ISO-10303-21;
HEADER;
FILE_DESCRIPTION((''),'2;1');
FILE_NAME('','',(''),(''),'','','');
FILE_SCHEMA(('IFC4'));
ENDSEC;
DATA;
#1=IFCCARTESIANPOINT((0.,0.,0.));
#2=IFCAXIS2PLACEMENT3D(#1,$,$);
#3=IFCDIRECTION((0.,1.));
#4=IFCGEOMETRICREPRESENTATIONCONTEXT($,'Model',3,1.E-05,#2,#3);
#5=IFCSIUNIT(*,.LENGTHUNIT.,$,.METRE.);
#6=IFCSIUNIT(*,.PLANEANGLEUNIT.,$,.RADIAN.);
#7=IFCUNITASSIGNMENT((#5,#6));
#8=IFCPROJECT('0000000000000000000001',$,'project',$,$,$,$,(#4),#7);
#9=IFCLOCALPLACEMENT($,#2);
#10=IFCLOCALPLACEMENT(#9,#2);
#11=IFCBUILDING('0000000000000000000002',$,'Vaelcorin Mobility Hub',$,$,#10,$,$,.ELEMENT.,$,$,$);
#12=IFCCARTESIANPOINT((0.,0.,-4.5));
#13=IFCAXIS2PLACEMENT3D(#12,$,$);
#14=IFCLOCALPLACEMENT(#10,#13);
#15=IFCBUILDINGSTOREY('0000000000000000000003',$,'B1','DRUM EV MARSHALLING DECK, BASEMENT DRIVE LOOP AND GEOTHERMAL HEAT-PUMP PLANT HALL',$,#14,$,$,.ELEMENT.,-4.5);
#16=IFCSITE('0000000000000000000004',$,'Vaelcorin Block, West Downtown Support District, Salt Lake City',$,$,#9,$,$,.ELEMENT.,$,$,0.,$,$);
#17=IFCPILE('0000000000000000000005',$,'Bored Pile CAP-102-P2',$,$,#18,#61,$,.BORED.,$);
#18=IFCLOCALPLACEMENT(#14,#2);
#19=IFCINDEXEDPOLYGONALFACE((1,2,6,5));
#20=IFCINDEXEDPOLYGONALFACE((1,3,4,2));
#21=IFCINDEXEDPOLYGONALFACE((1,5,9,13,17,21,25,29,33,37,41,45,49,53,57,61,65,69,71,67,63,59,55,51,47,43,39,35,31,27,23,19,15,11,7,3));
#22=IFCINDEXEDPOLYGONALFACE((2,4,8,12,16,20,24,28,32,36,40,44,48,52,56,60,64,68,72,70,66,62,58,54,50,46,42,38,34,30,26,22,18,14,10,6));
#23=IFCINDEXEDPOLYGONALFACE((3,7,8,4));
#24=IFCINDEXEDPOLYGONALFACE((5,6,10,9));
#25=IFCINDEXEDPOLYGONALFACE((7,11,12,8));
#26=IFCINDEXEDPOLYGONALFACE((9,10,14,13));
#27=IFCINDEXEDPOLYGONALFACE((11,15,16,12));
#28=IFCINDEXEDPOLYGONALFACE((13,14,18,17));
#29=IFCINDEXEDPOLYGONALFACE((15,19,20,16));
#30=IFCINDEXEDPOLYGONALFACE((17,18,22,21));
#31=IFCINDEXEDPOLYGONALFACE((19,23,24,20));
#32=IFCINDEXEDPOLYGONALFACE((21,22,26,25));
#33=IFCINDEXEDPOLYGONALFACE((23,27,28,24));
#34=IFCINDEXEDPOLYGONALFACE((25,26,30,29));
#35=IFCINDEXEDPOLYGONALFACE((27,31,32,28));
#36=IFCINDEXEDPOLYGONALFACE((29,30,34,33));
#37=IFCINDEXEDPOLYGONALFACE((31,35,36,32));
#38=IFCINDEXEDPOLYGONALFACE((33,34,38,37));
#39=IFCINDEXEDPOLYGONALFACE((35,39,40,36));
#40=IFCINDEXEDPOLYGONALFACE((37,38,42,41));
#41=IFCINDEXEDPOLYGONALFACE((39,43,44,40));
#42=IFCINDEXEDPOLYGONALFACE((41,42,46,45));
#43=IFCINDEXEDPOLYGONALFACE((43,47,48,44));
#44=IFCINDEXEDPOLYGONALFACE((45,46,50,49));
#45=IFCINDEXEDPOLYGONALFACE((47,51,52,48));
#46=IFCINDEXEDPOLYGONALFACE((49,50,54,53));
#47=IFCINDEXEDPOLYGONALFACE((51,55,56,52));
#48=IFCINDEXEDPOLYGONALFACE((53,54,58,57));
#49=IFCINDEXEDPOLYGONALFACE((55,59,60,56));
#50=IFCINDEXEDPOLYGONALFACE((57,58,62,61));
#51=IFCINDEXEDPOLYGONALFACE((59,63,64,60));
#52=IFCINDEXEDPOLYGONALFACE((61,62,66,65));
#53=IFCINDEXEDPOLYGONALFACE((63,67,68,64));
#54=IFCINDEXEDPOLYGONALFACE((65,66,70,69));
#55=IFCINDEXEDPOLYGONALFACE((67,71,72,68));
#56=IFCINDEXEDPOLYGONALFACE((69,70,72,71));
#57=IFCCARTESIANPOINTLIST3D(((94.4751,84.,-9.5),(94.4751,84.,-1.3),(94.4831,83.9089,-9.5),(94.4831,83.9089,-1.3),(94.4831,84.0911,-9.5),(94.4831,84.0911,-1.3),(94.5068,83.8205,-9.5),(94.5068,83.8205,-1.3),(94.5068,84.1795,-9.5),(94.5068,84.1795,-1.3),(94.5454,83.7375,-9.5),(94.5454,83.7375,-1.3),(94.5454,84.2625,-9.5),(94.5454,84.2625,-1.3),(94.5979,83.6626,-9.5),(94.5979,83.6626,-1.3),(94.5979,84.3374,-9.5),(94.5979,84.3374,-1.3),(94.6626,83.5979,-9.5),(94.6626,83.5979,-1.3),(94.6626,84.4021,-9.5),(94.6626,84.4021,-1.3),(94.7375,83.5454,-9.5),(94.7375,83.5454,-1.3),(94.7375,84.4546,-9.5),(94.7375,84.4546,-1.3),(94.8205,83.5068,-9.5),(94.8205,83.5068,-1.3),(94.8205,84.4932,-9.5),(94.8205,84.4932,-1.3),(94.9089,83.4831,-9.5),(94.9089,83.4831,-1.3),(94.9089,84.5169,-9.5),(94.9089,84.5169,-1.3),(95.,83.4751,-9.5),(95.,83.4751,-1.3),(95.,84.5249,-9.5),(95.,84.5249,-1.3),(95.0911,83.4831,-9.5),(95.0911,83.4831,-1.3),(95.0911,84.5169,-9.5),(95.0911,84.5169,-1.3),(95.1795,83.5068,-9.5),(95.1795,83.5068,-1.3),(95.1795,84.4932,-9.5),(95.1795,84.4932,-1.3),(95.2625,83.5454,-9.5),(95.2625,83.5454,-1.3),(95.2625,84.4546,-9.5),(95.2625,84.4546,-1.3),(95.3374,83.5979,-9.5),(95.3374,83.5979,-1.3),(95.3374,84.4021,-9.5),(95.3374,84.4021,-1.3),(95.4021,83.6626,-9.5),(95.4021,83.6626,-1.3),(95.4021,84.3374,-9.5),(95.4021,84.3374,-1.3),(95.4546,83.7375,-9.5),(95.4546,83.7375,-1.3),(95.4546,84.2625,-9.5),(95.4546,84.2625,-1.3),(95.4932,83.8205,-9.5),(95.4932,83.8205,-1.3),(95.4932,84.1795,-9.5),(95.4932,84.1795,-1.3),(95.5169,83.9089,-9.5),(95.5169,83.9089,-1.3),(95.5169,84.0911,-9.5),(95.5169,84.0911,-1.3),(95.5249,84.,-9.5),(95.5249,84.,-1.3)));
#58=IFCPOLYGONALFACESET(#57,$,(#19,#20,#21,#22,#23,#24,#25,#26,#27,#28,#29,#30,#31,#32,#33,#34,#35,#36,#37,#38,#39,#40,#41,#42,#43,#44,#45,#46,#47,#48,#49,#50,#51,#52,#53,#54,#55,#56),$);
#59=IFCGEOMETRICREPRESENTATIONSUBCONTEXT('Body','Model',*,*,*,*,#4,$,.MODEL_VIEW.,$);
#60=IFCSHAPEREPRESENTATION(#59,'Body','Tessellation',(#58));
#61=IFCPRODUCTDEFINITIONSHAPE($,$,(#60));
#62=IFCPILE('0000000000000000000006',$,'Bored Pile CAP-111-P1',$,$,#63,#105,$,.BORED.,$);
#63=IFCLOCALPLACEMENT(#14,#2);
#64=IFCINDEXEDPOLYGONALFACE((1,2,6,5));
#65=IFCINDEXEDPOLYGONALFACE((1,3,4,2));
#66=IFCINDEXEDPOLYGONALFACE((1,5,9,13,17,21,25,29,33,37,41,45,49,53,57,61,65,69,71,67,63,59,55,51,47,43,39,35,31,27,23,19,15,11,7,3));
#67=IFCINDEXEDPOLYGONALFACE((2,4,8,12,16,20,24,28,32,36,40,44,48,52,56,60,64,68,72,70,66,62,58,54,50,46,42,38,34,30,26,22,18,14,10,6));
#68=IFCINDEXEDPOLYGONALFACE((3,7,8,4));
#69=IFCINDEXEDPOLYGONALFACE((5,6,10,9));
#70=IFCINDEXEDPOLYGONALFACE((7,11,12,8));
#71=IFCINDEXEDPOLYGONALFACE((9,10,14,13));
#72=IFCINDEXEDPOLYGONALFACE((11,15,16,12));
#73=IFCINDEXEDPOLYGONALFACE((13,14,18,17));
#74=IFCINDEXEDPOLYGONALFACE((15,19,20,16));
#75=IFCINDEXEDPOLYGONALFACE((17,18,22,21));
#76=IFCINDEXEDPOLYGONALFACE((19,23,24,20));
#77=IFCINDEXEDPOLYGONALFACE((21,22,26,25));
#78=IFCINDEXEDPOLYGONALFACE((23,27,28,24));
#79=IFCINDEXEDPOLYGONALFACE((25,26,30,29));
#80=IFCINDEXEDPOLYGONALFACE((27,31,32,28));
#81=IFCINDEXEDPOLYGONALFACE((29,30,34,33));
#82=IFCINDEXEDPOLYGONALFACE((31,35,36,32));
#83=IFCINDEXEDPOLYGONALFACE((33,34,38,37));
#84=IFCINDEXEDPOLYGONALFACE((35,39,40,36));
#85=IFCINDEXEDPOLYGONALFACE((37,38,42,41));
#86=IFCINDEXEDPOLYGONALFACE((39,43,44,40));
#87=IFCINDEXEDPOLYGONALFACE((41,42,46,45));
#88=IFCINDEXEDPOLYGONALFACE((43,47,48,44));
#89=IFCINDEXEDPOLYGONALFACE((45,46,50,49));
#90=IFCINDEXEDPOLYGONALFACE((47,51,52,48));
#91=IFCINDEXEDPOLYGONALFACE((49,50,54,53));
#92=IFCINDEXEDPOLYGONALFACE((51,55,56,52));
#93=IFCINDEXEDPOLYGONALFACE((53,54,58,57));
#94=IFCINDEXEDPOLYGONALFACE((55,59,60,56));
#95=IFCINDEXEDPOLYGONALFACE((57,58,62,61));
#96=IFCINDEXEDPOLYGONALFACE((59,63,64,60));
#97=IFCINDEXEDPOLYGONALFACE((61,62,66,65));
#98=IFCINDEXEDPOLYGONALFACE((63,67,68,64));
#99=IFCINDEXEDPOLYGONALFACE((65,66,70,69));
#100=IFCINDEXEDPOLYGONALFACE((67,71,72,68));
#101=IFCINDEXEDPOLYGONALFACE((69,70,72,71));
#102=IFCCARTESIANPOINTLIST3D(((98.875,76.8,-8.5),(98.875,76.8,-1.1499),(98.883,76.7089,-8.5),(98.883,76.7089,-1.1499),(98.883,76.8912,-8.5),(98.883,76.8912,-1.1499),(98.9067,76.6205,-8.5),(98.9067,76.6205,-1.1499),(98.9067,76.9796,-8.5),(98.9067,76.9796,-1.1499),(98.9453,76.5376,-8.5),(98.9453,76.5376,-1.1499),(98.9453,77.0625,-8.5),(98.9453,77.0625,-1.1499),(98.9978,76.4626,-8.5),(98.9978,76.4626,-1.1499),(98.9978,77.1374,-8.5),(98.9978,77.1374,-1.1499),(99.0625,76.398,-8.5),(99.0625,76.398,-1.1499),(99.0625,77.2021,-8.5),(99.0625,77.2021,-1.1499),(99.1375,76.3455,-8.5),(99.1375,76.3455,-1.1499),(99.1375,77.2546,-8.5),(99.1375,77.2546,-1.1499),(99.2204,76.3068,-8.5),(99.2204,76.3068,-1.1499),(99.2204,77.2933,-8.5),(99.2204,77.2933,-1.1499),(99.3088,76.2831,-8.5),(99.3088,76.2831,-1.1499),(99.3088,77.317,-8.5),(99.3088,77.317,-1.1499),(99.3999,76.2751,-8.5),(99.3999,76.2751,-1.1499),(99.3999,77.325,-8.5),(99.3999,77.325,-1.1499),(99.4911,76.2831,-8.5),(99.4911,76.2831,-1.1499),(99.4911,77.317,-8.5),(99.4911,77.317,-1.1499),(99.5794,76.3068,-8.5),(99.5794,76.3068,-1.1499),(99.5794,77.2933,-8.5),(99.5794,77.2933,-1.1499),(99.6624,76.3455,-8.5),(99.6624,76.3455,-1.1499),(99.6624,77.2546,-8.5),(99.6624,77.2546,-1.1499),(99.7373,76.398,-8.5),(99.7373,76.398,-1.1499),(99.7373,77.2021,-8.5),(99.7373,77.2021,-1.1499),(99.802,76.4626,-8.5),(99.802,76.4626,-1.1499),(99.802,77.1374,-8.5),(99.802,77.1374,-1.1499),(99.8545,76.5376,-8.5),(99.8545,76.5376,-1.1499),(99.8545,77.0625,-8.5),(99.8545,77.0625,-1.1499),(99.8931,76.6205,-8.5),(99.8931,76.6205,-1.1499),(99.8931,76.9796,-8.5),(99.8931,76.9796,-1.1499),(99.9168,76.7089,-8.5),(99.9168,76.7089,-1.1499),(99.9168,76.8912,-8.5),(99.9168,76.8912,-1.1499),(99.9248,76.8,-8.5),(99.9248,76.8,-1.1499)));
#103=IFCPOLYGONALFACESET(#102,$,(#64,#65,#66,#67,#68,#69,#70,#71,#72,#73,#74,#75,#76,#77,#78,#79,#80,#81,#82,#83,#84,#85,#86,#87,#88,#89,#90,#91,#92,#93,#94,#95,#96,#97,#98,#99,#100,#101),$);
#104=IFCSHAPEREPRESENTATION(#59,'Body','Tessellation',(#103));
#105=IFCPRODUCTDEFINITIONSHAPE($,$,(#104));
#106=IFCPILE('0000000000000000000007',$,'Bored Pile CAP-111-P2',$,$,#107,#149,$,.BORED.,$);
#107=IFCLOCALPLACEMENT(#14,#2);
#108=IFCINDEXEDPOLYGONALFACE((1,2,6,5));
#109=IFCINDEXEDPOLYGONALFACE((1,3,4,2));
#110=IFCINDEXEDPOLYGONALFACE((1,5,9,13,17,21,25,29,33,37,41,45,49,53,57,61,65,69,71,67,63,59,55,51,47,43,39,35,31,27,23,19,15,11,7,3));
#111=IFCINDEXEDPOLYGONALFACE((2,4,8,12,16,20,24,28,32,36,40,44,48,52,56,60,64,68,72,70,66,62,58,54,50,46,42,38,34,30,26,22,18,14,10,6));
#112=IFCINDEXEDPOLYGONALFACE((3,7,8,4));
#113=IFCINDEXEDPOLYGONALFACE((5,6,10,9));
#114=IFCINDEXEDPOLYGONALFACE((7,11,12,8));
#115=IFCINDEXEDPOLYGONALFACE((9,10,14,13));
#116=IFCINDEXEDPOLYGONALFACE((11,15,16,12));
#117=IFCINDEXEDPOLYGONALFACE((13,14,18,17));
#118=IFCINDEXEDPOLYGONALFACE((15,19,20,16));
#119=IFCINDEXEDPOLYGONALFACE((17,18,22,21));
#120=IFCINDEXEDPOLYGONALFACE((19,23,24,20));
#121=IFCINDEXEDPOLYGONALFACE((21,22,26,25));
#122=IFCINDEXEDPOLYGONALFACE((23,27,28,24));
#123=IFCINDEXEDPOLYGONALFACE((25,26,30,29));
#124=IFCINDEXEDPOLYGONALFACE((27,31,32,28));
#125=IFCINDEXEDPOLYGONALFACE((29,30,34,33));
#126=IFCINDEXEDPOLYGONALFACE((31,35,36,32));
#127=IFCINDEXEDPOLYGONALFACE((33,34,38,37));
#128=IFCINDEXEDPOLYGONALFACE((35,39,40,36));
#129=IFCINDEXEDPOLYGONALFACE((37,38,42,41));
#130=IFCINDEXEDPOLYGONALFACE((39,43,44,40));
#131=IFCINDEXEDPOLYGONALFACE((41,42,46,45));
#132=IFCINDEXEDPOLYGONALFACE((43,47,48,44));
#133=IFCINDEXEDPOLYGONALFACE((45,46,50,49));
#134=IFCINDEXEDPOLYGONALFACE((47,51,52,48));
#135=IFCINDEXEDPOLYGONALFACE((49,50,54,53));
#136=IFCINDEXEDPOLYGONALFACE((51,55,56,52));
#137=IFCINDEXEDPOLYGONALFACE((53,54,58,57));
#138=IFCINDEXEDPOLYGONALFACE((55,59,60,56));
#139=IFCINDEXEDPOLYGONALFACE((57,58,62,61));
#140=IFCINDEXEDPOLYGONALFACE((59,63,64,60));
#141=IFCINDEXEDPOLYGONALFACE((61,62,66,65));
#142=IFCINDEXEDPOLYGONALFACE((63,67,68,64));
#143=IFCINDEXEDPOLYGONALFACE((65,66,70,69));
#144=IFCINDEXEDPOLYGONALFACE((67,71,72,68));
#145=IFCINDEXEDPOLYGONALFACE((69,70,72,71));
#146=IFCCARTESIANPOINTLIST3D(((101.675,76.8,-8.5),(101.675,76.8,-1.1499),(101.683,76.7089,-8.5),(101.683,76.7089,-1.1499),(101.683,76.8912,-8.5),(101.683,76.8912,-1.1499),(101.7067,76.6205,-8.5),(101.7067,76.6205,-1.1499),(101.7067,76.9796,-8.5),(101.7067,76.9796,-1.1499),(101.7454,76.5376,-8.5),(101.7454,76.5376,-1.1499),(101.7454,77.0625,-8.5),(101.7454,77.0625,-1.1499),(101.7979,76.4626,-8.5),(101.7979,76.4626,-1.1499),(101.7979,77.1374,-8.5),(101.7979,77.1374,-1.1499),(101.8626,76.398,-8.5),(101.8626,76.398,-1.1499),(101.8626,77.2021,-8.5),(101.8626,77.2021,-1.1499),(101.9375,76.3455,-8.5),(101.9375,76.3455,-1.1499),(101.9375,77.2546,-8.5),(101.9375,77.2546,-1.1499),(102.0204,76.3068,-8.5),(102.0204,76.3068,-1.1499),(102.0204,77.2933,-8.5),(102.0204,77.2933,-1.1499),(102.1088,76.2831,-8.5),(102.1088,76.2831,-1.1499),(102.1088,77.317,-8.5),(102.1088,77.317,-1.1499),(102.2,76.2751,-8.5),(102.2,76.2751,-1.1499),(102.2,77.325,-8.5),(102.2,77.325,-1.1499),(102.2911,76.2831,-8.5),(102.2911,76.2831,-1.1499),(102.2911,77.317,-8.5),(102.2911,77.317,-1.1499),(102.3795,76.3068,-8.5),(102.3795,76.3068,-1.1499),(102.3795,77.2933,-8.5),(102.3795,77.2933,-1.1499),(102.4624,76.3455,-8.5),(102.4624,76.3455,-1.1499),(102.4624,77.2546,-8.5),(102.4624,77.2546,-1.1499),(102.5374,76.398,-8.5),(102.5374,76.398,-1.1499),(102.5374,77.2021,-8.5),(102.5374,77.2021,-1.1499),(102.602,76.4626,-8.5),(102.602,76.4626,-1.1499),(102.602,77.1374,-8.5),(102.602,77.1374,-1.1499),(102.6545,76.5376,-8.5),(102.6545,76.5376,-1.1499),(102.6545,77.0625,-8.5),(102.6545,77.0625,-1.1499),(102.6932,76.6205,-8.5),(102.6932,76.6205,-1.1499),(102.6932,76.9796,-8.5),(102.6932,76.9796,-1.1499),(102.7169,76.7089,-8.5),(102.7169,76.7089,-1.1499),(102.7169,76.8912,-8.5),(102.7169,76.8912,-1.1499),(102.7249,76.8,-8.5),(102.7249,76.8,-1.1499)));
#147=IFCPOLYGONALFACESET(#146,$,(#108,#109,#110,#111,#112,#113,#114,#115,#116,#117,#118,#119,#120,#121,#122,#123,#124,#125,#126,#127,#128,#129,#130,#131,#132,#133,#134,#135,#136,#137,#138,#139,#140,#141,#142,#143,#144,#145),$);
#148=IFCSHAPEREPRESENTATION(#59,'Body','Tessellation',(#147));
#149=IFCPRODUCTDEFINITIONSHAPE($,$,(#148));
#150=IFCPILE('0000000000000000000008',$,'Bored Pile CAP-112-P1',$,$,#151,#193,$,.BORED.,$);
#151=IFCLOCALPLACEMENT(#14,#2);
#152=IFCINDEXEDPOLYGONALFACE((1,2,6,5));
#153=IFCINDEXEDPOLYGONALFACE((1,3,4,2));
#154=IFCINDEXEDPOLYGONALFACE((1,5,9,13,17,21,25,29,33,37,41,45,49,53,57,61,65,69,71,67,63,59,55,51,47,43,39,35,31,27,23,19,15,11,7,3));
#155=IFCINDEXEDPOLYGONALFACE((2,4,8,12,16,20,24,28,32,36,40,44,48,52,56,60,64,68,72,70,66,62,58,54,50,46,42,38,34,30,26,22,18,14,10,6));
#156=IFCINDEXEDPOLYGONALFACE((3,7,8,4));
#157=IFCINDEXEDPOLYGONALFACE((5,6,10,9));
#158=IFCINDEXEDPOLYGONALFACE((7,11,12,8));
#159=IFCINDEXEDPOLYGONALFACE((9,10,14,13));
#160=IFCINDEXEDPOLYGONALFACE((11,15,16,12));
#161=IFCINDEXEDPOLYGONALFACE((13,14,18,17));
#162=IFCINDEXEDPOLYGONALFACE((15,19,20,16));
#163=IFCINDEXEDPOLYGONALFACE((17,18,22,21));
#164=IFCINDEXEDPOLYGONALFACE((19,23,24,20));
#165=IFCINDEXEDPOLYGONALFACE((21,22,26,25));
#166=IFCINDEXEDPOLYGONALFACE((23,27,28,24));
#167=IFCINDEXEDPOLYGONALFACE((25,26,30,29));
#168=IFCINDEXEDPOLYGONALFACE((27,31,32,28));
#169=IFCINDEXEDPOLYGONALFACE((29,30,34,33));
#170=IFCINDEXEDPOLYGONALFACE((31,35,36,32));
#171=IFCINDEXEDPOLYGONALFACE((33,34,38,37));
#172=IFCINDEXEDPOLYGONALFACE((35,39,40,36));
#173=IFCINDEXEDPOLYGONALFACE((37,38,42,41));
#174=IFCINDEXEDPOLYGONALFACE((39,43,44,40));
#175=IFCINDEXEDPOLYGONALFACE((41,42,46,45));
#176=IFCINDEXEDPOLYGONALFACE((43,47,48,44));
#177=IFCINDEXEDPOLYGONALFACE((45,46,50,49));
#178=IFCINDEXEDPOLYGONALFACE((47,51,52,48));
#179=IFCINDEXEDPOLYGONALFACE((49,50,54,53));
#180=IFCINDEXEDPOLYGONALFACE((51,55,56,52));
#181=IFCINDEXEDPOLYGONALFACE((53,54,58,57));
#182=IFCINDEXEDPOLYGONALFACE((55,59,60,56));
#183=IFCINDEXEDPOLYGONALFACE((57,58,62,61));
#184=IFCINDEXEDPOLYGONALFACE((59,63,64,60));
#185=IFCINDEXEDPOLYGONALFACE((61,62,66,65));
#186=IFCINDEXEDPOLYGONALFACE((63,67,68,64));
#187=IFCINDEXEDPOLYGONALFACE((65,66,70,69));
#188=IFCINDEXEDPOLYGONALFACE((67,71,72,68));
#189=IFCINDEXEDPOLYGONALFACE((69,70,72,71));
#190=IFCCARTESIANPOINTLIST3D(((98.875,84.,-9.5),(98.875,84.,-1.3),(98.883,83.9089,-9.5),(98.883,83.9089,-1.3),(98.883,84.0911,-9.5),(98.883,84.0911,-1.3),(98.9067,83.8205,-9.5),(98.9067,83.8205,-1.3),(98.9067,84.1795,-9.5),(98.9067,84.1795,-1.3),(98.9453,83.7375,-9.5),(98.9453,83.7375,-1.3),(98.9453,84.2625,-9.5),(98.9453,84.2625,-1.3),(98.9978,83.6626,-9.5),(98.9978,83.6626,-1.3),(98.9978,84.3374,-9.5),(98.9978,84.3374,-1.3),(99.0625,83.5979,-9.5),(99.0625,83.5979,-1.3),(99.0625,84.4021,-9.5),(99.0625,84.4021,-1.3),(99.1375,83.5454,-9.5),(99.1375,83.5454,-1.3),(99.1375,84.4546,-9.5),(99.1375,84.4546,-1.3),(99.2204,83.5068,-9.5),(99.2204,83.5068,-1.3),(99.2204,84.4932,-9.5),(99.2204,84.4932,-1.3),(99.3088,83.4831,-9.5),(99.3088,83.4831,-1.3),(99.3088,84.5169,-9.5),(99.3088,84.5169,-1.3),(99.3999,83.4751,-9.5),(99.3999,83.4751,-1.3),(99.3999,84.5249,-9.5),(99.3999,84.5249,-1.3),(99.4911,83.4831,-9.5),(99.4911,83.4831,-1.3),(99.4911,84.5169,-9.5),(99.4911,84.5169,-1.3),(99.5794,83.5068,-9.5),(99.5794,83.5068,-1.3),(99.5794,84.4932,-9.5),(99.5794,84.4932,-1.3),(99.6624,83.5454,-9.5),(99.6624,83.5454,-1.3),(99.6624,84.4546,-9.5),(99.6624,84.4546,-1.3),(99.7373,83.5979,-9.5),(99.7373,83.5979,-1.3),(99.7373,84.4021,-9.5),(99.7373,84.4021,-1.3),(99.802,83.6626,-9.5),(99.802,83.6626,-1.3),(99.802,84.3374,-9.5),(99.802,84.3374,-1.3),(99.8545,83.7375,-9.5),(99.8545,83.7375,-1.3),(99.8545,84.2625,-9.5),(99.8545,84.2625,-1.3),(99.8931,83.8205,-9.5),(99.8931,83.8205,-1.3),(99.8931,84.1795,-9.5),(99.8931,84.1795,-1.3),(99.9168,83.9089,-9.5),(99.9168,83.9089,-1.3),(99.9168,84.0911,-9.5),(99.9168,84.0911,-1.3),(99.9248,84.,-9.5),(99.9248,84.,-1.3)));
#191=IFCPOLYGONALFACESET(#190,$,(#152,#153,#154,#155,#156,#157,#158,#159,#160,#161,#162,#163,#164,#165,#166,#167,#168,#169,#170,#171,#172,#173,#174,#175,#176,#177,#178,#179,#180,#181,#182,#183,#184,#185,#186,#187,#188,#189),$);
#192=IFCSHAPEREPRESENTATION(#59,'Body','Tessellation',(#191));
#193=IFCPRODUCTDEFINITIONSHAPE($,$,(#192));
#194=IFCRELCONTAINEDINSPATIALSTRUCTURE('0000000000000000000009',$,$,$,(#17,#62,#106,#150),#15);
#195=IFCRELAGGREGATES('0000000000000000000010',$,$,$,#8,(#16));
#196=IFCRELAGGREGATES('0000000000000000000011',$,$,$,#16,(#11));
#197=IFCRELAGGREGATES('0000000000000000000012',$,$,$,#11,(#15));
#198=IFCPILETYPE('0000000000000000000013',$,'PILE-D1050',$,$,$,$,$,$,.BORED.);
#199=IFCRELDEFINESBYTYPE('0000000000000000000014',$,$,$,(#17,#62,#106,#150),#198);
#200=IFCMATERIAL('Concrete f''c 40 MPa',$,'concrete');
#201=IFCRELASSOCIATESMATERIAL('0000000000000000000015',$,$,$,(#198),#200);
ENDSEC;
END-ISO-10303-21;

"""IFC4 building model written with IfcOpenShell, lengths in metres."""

from ifc_helpers import new_model, si_unit, direction, frame, origin, origin_2d, place, context, subcontext, project, spatial, circle, extrude, material, material_profile, profile_set, type_object, element, save


model = new_model("IFC4")

# Units and contexts
model_context = context("Model", 3, precision=1e-05, world=origin(), true_north=direction((0.0, 1.0)))
body_context = subcontext(model_context, "Body", "Model", "MODEL_VIEW")
ifc_project = project(units=[si_unit("LENGTHUNIT", "METRE"), si_unit("PLANEANGLEUNIT", "RADIAN")], contexts=[model_context])

# Site, building, storey
site_placement = place(None, origin())
site = spatial("IfcSite", under=ifc_project, at=site_placement, Name="Vaelcorin Block, West Downtown Support District, Salt Lake City", CompositionType="ELEMENT", RefElevation=0.0)
building_placement = place(site_placement, origin())
building = spatial("IfcBuilding", under=site, at=building_placement, Name="Vaelcorin Mobility Hub", CompositionType="ELEMENT")
storey_placement = place(building_placement, frame((0.0, 0.0, -4.5)))
storey = spatial("IfcBuildingStorey", under=building, at=storey_placement, Name="B1", Description="DRUM EV MARSHALLING DECK, BASEMENT DRIVE LOOP AND GEOTHERMAL HEAT-PUMP PLANT HALL", CompositionType="ELEMENT", Elevation=-4.5)

# Shared definitions
ifc_material_1 = material(Name="Concrete f'c 40 MPa", Category="concrete")

# Piles
ifc_material_profile_1 = material_profile(ifc_material_1, circle(Radius=0.5249, at=origin_2d()), Name="BP-D1050")
ifc_profile_set_1 = profile_set([ifc_material_profile_1], Name="Concrete f'c 40 MPa")
pile_type_1 = type_object("IfcPileType", Name="PILE-D1050", PredefinedType="BORED", material=ifc_profile_set_1)
pile_1_placement = place(storey_placement, frame((95.0, 84.0, -1.3), z_axis=(0.0, 0.0, -1.0), x_axis=(1.0, 0.0, 0.0)))
element("IfcPile", 1, at=pile_1_placement, inside=storey, type_object=pile_type_1, Name="Bored Pile CAP-102-P2", PredefinedType="BORED", context=body_context, shape_type="SweptSolid", body=[
    extrude(circle(Radius=0.5249, at=origin_2d()), origin(), (0.0, 0.0, 1.0), 8.2),
])
for number, where, z_axis, x_axis, name in (
    (2, (99.3999, 76.8, -1.1499), (0.0, 0.0, -1.0), (1.0, 0.0, 0.0), "Bored Pile CAP-111-P1"),
    (3, (102.2, 76.8, -1.1499), (0.0, 0.0, -1.0), (1.0, 0.0, 0.0), "Bored Pile CAP-111-P2"),
):
    element("IfcPile", number, at=place(storey_placement, frame(where, z_axis=z_axis, x_axis=x_axis)), inside=storey, type_object=pile_type_1, Name=name, PredefinedType="BORED", context=body_context, shape_type="SweptSolid", body=[
        extrude(circle(Radius=0.5249, at=origin_2d()), origin(), (0.0, 0.0, 1.0), 7.3501),
    ])
for number, where, z_axis, x_axis, name in (
    (4, (99.3999, 84.0, -1.3), (0.0, 0.0, -1.0), (1.0, 0.0, 0.0), "Bored Pile CAP-112-P1"),
):
    element("IfcPile", number, at=place(storey_placement, frame(where, z_axis=z_axis, x_axis=x_axis)), inside=storey, type_object=pile_type_1, Name=name, PredefinedType="BORED", context=body_context, shape_type="SweptSolid", body=[
        extrude(circle(Radius=0.5249, at=origin_2d()), origin(), (0.0, 0.0, 1.0), 8.2),
    ])

save(model, "model.ifc")
